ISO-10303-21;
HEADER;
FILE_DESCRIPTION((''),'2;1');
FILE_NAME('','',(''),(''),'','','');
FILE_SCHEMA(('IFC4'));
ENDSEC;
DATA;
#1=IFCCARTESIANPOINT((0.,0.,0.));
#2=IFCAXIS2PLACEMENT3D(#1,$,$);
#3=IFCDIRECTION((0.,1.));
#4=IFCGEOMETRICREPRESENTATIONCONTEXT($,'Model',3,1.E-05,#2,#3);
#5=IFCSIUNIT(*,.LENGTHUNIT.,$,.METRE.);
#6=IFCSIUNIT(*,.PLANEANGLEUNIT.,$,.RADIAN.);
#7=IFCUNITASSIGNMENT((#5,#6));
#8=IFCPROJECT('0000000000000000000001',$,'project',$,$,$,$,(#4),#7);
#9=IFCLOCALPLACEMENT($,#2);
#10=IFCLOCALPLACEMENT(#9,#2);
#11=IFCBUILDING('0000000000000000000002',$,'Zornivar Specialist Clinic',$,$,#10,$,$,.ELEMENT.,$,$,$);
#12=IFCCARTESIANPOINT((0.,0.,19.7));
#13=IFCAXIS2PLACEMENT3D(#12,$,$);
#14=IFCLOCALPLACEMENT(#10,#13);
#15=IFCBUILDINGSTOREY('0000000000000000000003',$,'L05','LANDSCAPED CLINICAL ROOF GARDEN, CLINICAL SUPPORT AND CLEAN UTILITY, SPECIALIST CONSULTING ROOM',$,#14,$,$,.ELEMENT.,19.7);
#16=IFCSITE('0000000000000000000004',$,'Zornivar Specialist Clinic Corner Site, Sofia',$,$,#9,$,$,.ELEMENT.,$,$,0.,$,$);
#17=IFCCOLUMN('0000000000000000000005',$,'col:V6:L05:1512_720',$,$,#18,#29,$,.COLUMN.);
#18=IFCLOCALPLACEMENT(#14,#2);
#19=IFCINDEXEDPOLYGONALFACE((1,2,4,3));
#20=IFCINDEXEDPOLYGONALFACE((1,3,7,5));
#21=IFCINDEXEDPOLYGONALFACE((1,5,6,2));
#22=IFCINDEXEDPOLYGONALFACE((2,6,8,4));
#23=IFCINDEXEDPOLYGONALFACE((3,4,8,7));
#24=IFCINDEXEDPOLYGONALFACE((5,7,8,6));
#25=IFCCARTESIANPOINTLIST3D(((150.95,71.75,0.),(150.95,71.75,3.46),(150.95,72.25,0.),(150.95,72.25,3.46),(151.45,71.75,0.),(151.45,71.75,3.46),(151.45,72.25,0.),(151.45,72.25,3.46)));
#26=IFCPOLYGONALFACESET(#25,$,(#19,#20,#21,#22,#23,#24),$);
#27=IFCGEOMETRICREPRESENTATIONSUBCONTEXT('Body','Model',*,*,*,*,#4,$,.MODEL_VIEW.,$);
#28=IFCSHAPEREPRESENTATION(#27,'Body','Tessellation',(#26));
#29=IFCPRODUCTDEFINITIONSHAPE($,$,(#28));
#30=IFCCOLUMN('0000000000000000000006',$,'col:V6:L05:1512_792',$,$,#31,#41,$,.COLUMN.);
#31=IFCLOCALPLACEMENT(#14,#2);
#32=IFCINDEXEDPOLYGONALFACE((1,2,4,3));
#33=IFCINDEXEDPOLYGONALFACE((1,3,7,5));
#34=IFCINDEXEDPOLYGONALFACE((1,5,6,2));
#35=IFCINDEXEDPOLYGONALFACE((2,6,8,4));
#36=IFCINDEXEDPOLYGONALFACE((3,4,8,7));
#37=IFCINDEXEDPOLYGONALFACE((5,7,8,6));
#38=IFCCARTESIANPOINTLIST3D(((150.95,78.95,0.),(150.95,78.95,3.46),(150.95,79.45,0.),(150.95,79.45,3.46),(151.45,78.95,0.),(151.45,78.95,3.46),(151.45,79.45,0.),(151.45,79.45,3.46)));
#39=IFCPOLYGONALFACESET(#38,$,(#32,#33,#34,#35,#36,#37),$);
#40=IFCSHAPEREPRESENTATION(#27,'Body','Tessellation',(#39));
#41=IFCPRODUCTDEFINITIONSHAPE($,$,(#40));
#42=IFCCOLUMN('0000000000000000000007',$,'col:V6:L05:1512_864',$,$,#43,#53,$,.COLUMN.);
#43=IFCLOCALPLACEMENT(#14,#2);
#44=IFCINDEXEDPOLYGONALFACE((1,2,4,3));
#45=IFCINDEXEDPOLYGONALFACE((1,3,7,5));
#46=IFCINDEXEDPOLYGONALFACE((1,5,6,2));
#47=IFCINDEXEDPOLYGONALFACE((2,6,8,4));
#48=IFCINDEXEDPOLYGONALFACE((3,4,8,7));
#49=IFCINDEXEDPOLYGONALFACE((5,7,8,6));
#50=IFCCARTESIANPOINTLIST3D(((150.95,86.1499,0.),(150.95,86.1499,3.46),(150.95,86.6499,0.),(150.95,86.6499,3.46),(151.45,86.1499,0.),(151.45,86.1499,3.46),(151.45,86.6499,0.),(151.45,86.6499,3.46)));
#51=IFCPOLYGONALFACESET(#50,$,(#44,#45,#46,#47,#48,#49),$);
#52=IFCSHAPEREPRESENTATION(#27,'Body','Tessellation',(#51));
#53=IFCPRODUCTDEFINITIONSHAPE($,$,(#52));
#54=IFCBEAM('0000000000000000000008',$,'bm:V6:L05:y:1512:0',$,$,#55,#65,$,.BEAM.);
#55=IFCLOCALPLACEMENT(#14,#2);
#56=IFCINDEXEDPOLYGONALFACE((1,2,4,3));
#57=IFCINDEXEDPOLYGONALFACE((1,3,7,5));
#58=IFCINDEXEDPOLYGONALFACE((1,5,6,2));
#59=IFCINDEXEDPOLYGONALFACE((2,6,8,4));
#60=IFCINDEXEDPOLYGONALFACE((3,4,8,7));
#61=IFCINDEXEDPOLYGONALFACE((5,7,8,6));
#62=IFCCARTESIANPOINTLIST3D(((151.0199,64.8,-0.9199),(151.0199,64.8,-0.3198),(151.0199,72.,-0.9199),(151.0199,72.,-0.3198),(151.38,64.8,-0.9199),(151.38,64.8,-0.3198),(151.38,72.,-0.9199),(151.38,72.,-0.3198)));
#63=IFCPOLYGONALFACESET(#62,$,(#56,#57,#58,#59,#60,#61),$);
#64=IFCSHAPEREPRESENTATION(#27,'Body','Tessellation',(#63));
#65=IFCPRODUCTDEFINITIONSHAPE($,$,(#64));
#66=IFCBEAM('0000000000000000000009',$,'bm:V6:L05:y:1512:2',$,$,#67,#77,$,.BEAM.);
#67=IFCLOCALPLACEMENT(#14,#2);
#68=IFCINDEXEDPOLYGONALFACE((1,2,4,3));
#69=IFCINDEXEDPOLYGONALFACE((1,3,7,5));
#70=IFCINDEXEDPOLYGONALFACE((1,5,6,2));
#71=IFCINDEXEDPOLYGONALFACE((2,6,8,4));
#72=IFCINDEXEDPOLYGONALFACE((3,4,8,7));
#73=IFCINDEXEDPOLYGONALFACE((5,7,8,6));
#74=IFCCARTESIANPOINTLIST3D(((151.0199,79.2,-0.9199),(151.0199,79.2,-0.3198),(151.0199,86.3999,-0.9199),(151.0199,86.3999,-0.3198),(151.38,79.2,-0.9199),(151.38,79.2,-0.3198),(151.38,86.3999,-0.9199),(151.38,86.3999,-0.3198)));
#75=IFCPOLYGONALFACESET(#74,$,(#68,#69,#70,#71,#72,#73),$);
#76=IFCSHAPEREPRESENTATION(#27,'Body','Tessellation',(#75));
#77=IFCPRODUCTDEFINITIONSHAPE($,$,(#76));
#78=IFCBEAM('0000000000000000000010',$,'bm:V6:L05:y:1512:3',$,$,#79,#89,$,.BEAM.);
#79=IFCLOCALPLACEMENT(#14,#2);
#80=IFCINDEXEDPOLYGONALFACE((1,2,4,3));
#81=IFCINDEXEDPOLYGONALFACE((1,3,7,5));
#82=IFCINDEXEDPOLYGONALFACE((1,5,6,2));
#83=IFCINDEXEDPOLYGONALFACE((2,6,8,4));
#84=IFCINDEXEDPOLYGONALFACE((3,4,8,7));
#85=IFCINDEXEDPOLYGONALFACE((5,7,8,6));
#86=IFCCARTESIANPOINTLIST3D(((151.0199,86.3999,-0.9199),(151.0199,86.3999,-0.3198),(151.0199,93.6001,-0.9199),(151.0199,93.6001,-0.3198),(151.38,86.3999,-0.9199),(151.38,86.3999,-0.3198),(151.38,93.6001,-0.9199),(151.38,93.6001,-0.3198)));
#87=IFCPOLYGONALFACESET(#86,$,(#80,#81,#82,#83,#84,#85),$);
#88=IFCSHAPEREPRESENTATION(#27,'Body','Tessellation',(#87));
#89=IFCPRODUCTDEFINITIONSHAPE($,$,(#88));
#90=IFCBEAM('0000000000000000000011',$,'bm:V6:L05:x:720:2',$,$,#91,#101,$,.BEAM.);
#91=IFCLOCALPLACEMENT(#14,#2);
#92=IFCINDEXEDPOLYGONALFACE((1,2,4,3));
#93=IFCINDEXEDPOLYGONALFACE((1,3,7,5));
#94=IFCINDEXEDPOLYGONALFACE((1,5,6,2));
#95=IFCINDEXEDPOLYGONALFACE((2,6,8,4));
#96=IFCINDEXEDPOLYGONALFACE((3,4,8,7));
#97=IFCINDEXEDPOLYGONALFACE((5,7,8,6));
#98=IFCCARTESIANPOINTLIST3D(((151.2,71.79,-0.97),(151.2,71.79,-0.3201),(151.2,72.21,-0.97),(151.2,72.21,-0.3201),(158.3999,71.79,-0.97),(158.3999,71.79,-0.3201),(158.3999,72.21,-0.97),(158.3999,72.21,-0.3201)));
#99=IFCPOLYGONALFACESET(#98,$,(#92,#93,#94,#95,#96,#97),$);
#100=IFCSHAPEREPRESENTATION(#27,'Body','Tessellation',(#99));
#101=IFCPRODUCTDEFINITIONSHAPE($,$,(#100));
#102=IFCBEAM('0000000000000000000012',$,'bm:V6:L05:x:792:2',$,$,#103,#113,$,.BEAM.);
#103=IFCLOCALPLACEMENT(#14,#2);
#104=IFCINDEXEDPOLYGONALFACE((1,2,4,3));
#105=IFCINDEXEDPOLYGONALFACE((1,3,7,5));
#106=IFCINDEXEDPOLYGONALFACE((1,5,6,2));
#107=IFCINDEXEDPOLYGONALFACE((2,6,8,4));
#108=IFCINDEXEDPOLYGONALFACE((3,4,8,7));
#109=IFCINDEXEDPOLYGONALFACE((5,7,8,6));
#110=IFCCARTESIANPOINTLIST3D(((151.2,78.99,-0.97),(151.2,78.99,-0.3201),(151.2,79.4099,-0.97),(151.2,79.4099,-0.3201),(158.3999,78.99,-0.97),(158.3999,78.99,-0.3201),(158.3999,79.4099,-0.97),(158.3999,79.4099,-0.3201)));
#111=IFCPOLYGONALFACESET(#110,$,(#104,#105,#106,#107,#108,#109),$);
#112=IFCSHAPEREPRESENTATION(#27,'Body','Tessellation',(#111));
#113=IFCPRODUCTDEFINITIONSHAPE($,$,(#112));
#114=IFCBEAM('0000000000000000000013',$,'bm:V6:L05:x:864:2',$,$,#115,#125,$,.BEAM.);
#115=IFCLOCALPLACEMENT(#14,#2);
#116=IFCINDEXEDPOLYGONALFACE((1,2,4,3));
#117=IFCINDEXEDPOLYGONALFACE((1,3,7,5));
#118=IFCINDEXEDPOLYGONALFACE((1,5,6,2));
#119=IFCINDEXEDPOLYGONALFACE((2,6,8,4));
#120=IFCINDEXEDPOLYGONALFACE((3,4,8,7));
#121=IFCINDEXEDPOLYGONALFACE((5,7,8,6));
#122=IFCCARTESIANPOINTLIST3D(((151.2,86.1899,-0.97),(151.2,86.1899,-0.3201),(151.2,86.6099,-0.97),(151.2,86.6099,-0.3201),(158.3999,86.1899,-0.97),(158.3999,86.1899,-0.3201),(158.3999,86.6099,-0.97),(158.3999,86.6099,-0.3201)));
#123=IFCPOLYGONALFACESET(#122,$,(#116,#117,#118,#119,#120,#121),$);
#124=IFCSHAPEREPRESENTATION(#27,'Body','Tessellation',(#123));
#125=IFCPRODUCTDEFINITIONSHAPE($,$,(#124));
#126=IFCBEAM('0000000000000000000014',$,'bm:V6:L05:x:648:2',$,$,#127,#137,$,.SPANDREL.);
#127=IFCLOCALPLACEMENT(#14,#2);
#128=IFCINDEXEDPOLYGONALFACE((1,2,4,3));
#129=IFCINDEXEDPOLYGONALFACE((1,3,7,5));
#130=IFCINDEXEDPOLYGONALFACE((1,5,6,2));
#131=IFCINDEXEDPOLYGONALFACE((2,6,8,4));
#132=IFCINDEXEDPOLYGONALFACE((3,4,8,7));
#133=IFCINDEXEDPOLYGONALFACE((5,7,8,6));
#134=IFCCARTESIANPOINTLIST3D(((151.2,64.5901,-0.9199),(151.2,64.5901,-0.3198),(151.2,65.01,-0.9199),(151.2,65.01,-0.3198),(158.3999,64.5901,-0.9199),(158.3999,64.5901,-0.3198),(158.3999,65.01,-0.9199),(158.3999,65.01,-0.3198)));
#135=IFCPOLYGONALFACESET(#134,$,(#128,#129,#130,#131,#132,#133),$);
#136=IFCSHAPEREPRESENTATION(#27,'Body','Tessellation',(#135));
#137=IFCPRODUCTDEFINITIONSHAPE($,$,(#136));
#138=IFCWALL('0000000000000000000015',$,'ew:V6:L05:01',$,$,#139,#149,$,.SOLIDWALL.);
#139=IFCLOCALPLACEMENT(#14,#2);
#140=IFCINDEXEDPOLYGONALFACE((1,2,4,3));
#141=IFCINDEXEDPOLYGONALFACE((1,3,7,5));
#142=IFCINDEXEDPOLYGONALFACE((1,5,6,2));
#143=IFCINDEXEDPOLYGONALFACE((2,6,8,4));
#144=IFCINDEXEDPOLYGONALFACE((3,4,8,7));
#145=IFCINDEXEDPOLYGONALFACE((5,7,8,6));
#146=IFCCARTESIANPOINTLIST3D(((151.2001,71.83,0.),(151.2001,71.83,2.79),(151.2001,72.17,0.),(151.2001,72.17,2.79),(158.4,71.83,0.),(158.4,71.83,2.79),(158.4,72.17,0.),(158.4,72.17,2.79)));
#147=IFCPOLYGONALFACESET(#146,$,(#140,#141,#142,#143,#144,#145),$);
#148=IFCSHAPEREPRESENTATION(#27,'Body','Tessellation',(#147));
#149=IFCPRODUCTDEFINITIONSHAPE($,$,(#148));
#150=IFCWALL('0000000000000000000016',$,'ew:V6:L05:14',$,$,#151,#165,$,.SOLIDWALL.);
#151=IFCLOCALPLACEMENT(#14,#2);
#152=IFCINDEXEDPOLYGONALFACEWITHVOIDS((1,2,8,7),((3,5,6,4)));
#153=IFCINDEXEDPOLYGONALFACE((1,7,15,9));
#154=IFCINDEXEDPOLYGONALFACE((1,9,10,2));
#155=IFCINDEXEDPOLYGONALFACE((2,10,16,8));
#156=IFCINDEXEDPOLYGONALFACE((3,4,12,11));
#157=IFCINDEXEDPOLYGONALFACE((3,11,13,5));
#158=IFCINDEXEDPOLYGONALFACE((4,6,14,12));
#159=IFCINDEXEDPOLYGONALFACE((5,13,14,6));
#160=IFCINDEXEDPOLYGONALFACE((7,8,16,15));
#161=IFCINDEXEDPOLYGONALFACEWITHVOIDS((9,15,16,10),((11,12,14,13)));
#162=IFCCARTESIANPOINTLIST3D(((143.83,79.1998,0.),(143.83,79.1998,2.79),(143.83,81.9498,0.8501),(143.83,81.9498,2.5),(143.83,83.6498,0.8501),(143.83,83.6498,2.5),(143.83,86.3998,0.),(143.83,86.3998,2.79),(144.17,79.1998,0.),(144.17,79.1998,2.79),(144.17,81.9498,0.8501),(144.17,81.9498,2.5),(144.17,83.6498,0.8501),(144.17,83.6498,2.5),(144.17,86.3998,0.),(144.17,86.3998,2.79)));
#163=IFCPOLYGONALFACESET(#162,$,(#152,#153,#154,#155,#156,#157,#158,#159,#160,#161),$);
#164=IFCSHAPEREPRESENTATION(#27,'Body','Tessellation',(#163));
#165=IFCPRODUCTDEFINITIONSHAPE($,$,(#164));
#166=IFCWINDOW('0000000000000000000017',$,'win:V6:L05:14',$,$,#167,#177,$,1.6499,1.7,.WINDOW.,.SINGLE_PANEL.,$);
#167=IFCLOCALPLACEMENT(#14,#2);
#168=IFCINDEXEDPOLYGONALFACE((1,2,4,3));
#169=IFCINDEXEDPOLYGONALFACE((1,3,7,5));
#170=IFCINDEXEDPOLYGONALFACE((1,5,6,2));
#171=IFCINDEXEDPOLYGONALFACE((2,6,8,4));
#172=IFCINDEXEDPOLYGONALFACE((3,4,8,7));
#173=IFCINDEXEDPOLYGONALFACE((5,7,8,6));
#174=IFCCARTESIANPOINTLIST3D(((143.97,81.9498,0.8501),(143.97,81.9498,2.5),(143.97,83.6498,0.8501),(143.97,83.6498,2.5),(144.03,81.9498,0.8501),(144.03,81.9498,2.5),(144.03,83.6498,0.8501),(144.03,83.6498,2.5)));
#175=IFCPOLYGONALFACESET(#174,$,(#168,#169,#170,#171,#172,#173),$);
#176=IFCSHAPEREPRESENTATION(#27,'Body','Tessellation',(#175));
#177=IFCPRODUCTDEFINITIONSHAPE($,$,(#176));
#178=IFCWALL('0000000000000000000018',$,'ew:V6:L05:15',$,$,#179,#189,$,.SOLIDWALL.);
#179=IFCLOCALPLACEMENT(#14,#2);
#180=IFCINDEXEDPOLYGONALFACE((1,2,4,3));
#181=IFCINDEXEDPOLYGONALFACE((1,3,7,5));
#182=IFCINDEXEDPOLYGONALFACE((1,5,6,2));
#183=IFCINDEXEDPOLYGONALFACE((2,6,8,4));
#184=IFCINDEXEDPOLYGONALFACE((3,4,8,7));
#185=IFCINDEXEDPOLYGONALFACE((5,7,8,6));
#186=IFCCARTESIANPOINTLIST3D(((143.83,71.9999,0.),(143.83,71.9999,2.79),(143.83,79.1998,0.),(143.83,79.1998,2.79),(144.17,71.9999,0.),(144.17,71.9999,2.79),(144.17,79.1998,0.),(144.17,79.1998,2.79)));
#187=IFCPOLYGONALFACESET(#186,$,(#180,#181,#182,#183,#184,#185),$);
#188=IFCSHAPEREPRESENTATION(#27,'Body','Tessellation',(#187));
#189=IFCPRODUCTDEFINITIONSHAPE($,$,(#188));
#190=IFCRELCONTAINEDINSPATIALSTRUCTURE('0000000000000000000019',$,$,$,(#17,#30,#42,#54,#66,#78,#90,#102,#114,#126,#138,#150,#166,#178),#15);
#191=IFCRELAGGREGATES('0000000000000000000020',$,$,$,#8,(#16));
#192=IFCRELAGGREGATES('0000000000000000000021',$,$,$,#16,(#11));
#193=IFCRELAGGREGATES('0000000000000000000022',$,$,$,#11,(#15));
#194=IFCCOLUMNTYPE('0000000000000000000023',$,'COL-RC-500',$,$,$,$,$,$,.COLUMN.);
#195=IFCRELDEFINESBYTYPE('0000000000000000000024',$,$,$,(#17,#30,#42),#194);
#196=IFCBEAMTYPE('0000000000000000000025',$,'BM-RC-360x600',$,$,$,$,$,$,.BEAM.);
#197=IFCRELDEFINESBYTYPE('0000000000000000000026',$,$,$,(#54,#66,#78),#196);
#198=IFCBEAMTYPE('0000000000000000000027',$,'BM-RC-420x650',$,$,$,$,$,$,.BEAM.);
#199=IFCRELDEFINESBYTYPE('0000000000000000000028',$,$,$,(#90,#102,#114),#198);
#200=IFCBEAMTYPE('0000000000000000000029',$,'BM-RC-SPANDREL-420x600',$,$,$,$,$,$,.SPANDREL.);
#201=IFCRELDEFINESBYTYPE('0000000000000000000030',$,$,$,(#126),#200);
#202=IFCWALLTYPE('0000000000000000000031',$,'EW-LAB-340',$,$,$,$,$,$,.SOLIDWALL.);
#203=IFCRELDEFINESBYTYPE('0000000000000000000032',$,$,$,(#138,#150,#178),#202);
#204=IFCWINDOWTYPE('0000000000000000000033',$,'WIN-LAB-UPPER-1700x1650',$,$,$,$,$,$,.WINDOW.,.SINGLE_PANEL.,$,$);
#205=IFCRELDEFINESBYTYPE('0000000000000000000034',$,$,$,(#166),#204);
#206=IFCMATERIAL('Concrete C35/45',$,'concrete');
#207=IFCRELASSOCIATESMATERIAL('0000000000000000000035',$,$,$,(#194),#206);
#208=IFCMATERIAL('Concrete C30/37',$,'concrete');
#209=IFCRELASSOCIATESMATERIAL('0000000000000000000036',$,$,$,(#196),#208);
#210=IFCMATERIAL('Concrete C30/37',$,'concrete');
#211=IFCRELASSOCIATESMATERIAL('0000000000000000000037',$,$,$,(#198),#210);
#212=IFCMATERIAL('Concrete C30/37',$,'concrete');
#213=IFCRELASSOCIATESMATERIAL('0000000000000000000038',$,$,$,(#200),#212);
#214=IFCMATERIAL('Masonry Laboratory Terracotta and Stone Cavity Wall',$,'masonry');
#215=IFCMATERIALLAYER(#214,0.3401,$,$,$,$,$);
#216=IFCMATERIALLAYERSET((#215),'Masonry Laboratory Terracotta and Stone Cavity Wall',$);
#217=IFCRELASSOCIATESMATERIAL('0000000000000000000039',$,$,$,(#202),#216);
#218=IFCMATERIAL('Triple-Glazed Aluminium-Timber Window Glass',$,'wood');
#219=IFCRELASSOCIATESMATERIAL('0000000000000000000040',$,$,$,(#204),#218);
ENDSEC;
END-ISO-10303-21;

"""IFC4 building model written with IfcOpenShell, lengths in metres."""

from ifc_helpers import new_model, si_unit, direction, frame, frame_2d, origin, origin_2d, place, context, subcontext, project, spatial, rectangle, extrude, material, layer, layer_set, material_profile, profile_set, type_object, element, fill, save


model = new_model("IFC4")

# Units and contexts
model_context = context("Model", 3, precision=1e-05, world=origin(), true_north=direction((0.0, 1.0)))
body_context = subcontext(model_context, "Body", "Model", "MODEL_VIEW")
ifc_project = project(units=[si_unit("LENGTHUNIT", "METRE"), si_unit("PLANEANGLEUNIT", "RADIAN")], contexts=[model_context])

# Site, building, storey
site_placement = place(None, origin())
site = spatial("IfcSite", under=ifc_project, at=site_placement, Name="Zornivar Specialist Clinic Corner Site, Sofia", CompositionType="ELEMENT", RefElevation=0.0)
building_placement = place(site_placement, origin())
building = spatial("IfcBuilding", under=site, at=building_placement, Name="Zornivar Specialist Clinic", CompositionType="ELEMENT")
storey_placement = place(building_placement, frame((0.0, 0.0, 19.7)))
storey = spatial("IfcBuildingStorey", under=building, at=storey_placement, Name="L05", Description="LANDSCAPED CLINICAL ROOF GARDEN, CLINICAL SUPPORT AND CLEAN UTILITY, SPECIALIST CONSULTING ROOM", CompositionType="ELEMENT", Elevation=19.7)

# Columns
ifc_material_1 = material(Name="Concrete C35/45", Category="concrete")
ifc_material_profile_1 = material_profile(ifc_material_1, rectangle(XDim=0.5, YDim=0.5, at=origin_2d()), Name="RC 500x500")
ifc_profile_set_1 = profile_set([ifc_material_profile_1], Name="Concrete C35/45")
column_type = type_object("IfcColumnType", Name="COL-RC-500", PredefinedType="COLUMN", material=ifc_profile_set_1)
for number, where, z_axis, x_axis, name in (
    (1, (151.2, 72.0, 0.0), (0.0, 0.0, 1.0), (1.0, 0.0, 0.0), "col:V6:L05:1512_720"),
    (2, (151.2, 79.2, 0.0), (0.0, 0.0, 1.0), (1.0, 0.0, 0.0), "col:V6:L05:1512_792"),
    (3, (151.2, 86.3999, 0.0), (0.0, 0.0, 1.0), (1.0, 0.0, 0.0), "col:V6:L05:1512_864"),
):
    element("IfcColumn", number, at=place(storey_placement, frame(where, z_axis=z_axis, x_axis=x_axis)), inside=storey, type_object=column_type, Name=name, PredefinedType="COLUMN", context=body_context, shape_type="SweptSolid", body=[
        extrude(rectangle(XDim=0.5, YDim=0.5, at=origin_2d()), origin(), (0.0, 0.0, 1.0), 3.46),
    ])

# Beams
ifc_material_2 = material(Name="Concrete C30/37", Category="concrete")
ifc_material_profile_2 = material_profile(ifc_material_2, rectangle(XDim=0.3601, YDim=0.6001, at=origin_2d()), Name="RC 360x600")
ifc_profile_set_2 = profile_set([ifc_material_profile_2], Name="Concrete C30/37")
beam_type_1 = type_object("IfcBeamType", Name="BM-RC-360x600", PredefinedType="BEAM", material=ifc_profile_set_2)
for number, where, z_axis, x_axis, name in (
    (4, (151.2, 64.8, -0.6199), (0.0, 1.0, 0.0), (-1.0, 0.0, 0.0), "bm:V6:L05:y:1512:0"),
    (5, (151.2, 79.2, -0.6199), (0.0, 1.0, 0.0), (-1.0, 0.0, 0.0), "bm:V6:L05:y:1512:2"),
):
    element("IfcBeam", number, at=place(storey_placement, frame(where, z_axis=z_axis, x_axis=x_axis)), inside=storey, type_object=beam_type_1, Name=name, PredefinedType="BEAM", context=body_context, shape_type="SweptSolid", body=[
        extrude(rectangle(XDim=0.3601, YDim=0.6001, at=origin_2d()), origin(), (0.0, 0.0, 1.0), 7.2),
    ])
beam_1_placement = place(storey_placement, frame((151.2, 86.3999, -0.6199), z_axis=(0.0, 1.0, 0.0), x_axis=(-1.0, 0.0, 0.0)))
element("IfcBeam", 6, at=beam_1_placement, inside=storey, type_object=beam_type_1, Name="bm:V6:L05:y:1512:3", PredefinedType="BEAM", context=body_context, shape_type="SweptSolid", body=[
    extrude(rectangle(XDim=0.3601, YDim=0.6001, at=origin_2d()), origin(), (0.0, 0.0, 1.0), 7.2002),
])
ifc_material_3 = material(Name="Concrete C30/37", Category="concrete")
ifc_material_profile_3 = material_profile(ifc_material_3, rectangle(XDim=0.4199, YDim=0.6499, at=origin_2d()), Name="RC 420x650")
ifc_profile_set_3 = profile_set([ifc_material_profile_3], Name="Concrete C30/37")
beam_type_2 = type_object("IfcBeamType", Name="BM-RC-420x650", PredefinedType="BEAM", material=ifc_profile_set_3)
for number, where, z_axis, x_axis, name in (
    (7, (151.2, 72.0, -0.645), (1.0, 0.0, 0.0), (0.0, 1.0, 0.0), "bm:V6:L05:x:720:2"),
    (8, (151.2, 79.2, -0.645), (1.0, 0.0, 0.0), (0.0, 1.0, 0.0), "bm:V6:L05:x:792:2"),
    (9, (151.2, 86.3999, -0.645), (1.0, 0.0, 0.0), (0.0, 1.0, 0.0), "bm:V6:L05:x:864:2"),
):
    element("IfcBeam", number, at=place(storey_placement, frame(where, z_axis=z_axis, x_axis=x_axis)), inside=storey, type_object=beam_type_2, Name=name, PredefinedType="BEAM", context=body_context, shape_type="SweptSolid", body=[
        extrude(rectangle(XDim=0.4199, YDim=0.6499, at=origin_2d()), origin(), (0.0, 0.0, 1.0), 7.2),
    ])
ifc_material_4 = material(Name="Concrete C30/37", Category="concrete")
ifc_material_profile_4 = material_profile(ifc_material_4, rectangle(XDim=0.4199, YDim=0.6001, at=origin_2d()), Name="RC 420x600")
ifc_profile_set_4 = profile_set([ifc_material_profile_4], Name="Concrete C30/37")
beam_type_3 = type_object("IfcBeamType", Name="BM-RC-SPANDREL-420x600", PredefinedType="SPANDREL", material=ifc_profile_set_4)
beam_2_placement = place(storey_placement, frame((151.2, 64.8, -0.6199), z_axis=(1.0, 0.0, 0.0), x_axis=(0.0, 1.0, 0.0)))
element("IfcBeam", 10, at=beam_2_placement, inside=storey, type_object=beam_type_3, Name="bm:V6:L05:x:648:2", PredefinedType="SPANDREL", context=body_context, shape_type="SweptSolid", body=[
    extrude(rectangle(XDim=0.4199, YDim=0.6001, at=origin_2d()), origin(), (0.0, 0.0, 1.0), 7.2),
])

# Wall
ifc_material_5 = material(Name="Masonry Laboratory Terracotta and Stone Cavity Wall", Category="masonry")
ifc_layer_1 = layer(ifc_material_5, 0.3401)
ifc_layer_set_1 = layer_set([ifc_layer_1], Name="Masonry Laboratory Terracotta and Stone Cavity Wall")
wall_type_1 = type_object("IfcWallType", Name="EW-LAB-340", PredefinedType="SOLIDWALL", material=ifc_layer_set_1)
wall_1_placement = place(storey_placement, frame((151.2, 72.0, 0.0), z_axis=(0.0, 0.0, 1.0), x_axis=(1.0, 0.0, 0.0)))
element("IfcWall", 11, at=wall_1_placement, inside=storey, type_object=wall_type_1, Name="ew:V6:L05:01", PredefinedType="SOLIDWALL", context=body_context, shape_type="SweptSolid", body=[
    extrude(rectangle(XDim=7.2, YDim=0.3401, at=frame_2d((3.6001, 0.0))), origin(), (0.0, 0.0, 1.0), 2.79),
])

# Wall, opening, window
wall_2_placement = place(storey_placement, frame((144.0, 86.3999, 0.0), z_axis=(0.0, 0.0, 1.0), x_axis=(0.0, -1.0, 0.0)))
wall_2 = element("IfcWall", 12, at=wall_2_placement, inside=storey, type_object=wall_type_1, Name="ew:V6:L05:14", PredefinedType="SOLIDWALL", context=body_context, shape_type="SweptSolid", body=[
    extrude(rectangle(XDim=7.2, YDim=0.3401, at=frame_2d((3.6001, 0.0))), origin(), (0.0, 0.0, 1.0), 2.79),
])
opening_1_placement = place(wall_2_placement, frame((2.75, 0.0, 0.8501)))
opening_1 = element("IfcOpeningElement", 13, at=opening_1_placement, cuts=wall_2, PredefinedType="OPENING", context=body_context, shape_type="SweptSolid", body=[
    extrude(rectangle(XDim=1.7, YDim=1.6499, at=frame_2d((0.8501, 0.825))), frame((0.0, 0.1799, 0.0), z_axis=(0.0, -1.0, 0.0), x_axis=(1.0, 0.0, 0.0)), (0.0, 0.0, 1.0), 0.3601),
])
ifc_material_6 = material(Name="Triple-Glazed Aluminium-Timber Window Glass", Category="wood")
window_type = type_object("IfcWindowType", Name="WIN-LAB-UPPER-1700x1650", PartitioningType="SINGLE_PANEL", PredefinedType="WINDOW", material=ifc_material_6)
window_placement = place(opening_1_placement, origin())
window = element("IfcWindow", 14, at=window_placement, inside=storey, type_object=window_type, Name="win:V6:L05:14", OverallHeight=1.6499, OverallWidth=1.7, PartitioningType="SINGLE_PANEL", PredefinedType="WINDOW", context=body_context, shape_type="SweptSolid", body=[
    extrude(rectangle(XDim=1.7, YDim=1.6499, at=frame_2d((0.8501, 0.825))), frame((0.0, 0.03, 0.0), z_axis=(0.0, -1.0, 0.0), x_axis=(1.0, 0.0, 0.0)), (0.0, 0.0, 1.0), 0.0601),
])
fill(opening_1, window)

# Wall
wall_3_placement = place(storey_placement, frame((144.0, 79.2, 0.0), z_axis=(0.0, 0.0, 1.0), x_axis=(0.0, -1.0, 0.0)))
element("IfcWall", 15, at=wall_3_placement, inside=storey, type_object=wall_type_1, Name="ew:V6:L05:15", PredefinedType="SOLIDWALL", context=body_context, shape_type="SweptSolid", body=[
    extrude(rectangle(XDim=7.2, YDim=0.3401, at=frame_2d((3.6001, 0.0))), origin(), (0.0, 0.0, 1.0), 2.79),
])

save(model, "model.ifc")
